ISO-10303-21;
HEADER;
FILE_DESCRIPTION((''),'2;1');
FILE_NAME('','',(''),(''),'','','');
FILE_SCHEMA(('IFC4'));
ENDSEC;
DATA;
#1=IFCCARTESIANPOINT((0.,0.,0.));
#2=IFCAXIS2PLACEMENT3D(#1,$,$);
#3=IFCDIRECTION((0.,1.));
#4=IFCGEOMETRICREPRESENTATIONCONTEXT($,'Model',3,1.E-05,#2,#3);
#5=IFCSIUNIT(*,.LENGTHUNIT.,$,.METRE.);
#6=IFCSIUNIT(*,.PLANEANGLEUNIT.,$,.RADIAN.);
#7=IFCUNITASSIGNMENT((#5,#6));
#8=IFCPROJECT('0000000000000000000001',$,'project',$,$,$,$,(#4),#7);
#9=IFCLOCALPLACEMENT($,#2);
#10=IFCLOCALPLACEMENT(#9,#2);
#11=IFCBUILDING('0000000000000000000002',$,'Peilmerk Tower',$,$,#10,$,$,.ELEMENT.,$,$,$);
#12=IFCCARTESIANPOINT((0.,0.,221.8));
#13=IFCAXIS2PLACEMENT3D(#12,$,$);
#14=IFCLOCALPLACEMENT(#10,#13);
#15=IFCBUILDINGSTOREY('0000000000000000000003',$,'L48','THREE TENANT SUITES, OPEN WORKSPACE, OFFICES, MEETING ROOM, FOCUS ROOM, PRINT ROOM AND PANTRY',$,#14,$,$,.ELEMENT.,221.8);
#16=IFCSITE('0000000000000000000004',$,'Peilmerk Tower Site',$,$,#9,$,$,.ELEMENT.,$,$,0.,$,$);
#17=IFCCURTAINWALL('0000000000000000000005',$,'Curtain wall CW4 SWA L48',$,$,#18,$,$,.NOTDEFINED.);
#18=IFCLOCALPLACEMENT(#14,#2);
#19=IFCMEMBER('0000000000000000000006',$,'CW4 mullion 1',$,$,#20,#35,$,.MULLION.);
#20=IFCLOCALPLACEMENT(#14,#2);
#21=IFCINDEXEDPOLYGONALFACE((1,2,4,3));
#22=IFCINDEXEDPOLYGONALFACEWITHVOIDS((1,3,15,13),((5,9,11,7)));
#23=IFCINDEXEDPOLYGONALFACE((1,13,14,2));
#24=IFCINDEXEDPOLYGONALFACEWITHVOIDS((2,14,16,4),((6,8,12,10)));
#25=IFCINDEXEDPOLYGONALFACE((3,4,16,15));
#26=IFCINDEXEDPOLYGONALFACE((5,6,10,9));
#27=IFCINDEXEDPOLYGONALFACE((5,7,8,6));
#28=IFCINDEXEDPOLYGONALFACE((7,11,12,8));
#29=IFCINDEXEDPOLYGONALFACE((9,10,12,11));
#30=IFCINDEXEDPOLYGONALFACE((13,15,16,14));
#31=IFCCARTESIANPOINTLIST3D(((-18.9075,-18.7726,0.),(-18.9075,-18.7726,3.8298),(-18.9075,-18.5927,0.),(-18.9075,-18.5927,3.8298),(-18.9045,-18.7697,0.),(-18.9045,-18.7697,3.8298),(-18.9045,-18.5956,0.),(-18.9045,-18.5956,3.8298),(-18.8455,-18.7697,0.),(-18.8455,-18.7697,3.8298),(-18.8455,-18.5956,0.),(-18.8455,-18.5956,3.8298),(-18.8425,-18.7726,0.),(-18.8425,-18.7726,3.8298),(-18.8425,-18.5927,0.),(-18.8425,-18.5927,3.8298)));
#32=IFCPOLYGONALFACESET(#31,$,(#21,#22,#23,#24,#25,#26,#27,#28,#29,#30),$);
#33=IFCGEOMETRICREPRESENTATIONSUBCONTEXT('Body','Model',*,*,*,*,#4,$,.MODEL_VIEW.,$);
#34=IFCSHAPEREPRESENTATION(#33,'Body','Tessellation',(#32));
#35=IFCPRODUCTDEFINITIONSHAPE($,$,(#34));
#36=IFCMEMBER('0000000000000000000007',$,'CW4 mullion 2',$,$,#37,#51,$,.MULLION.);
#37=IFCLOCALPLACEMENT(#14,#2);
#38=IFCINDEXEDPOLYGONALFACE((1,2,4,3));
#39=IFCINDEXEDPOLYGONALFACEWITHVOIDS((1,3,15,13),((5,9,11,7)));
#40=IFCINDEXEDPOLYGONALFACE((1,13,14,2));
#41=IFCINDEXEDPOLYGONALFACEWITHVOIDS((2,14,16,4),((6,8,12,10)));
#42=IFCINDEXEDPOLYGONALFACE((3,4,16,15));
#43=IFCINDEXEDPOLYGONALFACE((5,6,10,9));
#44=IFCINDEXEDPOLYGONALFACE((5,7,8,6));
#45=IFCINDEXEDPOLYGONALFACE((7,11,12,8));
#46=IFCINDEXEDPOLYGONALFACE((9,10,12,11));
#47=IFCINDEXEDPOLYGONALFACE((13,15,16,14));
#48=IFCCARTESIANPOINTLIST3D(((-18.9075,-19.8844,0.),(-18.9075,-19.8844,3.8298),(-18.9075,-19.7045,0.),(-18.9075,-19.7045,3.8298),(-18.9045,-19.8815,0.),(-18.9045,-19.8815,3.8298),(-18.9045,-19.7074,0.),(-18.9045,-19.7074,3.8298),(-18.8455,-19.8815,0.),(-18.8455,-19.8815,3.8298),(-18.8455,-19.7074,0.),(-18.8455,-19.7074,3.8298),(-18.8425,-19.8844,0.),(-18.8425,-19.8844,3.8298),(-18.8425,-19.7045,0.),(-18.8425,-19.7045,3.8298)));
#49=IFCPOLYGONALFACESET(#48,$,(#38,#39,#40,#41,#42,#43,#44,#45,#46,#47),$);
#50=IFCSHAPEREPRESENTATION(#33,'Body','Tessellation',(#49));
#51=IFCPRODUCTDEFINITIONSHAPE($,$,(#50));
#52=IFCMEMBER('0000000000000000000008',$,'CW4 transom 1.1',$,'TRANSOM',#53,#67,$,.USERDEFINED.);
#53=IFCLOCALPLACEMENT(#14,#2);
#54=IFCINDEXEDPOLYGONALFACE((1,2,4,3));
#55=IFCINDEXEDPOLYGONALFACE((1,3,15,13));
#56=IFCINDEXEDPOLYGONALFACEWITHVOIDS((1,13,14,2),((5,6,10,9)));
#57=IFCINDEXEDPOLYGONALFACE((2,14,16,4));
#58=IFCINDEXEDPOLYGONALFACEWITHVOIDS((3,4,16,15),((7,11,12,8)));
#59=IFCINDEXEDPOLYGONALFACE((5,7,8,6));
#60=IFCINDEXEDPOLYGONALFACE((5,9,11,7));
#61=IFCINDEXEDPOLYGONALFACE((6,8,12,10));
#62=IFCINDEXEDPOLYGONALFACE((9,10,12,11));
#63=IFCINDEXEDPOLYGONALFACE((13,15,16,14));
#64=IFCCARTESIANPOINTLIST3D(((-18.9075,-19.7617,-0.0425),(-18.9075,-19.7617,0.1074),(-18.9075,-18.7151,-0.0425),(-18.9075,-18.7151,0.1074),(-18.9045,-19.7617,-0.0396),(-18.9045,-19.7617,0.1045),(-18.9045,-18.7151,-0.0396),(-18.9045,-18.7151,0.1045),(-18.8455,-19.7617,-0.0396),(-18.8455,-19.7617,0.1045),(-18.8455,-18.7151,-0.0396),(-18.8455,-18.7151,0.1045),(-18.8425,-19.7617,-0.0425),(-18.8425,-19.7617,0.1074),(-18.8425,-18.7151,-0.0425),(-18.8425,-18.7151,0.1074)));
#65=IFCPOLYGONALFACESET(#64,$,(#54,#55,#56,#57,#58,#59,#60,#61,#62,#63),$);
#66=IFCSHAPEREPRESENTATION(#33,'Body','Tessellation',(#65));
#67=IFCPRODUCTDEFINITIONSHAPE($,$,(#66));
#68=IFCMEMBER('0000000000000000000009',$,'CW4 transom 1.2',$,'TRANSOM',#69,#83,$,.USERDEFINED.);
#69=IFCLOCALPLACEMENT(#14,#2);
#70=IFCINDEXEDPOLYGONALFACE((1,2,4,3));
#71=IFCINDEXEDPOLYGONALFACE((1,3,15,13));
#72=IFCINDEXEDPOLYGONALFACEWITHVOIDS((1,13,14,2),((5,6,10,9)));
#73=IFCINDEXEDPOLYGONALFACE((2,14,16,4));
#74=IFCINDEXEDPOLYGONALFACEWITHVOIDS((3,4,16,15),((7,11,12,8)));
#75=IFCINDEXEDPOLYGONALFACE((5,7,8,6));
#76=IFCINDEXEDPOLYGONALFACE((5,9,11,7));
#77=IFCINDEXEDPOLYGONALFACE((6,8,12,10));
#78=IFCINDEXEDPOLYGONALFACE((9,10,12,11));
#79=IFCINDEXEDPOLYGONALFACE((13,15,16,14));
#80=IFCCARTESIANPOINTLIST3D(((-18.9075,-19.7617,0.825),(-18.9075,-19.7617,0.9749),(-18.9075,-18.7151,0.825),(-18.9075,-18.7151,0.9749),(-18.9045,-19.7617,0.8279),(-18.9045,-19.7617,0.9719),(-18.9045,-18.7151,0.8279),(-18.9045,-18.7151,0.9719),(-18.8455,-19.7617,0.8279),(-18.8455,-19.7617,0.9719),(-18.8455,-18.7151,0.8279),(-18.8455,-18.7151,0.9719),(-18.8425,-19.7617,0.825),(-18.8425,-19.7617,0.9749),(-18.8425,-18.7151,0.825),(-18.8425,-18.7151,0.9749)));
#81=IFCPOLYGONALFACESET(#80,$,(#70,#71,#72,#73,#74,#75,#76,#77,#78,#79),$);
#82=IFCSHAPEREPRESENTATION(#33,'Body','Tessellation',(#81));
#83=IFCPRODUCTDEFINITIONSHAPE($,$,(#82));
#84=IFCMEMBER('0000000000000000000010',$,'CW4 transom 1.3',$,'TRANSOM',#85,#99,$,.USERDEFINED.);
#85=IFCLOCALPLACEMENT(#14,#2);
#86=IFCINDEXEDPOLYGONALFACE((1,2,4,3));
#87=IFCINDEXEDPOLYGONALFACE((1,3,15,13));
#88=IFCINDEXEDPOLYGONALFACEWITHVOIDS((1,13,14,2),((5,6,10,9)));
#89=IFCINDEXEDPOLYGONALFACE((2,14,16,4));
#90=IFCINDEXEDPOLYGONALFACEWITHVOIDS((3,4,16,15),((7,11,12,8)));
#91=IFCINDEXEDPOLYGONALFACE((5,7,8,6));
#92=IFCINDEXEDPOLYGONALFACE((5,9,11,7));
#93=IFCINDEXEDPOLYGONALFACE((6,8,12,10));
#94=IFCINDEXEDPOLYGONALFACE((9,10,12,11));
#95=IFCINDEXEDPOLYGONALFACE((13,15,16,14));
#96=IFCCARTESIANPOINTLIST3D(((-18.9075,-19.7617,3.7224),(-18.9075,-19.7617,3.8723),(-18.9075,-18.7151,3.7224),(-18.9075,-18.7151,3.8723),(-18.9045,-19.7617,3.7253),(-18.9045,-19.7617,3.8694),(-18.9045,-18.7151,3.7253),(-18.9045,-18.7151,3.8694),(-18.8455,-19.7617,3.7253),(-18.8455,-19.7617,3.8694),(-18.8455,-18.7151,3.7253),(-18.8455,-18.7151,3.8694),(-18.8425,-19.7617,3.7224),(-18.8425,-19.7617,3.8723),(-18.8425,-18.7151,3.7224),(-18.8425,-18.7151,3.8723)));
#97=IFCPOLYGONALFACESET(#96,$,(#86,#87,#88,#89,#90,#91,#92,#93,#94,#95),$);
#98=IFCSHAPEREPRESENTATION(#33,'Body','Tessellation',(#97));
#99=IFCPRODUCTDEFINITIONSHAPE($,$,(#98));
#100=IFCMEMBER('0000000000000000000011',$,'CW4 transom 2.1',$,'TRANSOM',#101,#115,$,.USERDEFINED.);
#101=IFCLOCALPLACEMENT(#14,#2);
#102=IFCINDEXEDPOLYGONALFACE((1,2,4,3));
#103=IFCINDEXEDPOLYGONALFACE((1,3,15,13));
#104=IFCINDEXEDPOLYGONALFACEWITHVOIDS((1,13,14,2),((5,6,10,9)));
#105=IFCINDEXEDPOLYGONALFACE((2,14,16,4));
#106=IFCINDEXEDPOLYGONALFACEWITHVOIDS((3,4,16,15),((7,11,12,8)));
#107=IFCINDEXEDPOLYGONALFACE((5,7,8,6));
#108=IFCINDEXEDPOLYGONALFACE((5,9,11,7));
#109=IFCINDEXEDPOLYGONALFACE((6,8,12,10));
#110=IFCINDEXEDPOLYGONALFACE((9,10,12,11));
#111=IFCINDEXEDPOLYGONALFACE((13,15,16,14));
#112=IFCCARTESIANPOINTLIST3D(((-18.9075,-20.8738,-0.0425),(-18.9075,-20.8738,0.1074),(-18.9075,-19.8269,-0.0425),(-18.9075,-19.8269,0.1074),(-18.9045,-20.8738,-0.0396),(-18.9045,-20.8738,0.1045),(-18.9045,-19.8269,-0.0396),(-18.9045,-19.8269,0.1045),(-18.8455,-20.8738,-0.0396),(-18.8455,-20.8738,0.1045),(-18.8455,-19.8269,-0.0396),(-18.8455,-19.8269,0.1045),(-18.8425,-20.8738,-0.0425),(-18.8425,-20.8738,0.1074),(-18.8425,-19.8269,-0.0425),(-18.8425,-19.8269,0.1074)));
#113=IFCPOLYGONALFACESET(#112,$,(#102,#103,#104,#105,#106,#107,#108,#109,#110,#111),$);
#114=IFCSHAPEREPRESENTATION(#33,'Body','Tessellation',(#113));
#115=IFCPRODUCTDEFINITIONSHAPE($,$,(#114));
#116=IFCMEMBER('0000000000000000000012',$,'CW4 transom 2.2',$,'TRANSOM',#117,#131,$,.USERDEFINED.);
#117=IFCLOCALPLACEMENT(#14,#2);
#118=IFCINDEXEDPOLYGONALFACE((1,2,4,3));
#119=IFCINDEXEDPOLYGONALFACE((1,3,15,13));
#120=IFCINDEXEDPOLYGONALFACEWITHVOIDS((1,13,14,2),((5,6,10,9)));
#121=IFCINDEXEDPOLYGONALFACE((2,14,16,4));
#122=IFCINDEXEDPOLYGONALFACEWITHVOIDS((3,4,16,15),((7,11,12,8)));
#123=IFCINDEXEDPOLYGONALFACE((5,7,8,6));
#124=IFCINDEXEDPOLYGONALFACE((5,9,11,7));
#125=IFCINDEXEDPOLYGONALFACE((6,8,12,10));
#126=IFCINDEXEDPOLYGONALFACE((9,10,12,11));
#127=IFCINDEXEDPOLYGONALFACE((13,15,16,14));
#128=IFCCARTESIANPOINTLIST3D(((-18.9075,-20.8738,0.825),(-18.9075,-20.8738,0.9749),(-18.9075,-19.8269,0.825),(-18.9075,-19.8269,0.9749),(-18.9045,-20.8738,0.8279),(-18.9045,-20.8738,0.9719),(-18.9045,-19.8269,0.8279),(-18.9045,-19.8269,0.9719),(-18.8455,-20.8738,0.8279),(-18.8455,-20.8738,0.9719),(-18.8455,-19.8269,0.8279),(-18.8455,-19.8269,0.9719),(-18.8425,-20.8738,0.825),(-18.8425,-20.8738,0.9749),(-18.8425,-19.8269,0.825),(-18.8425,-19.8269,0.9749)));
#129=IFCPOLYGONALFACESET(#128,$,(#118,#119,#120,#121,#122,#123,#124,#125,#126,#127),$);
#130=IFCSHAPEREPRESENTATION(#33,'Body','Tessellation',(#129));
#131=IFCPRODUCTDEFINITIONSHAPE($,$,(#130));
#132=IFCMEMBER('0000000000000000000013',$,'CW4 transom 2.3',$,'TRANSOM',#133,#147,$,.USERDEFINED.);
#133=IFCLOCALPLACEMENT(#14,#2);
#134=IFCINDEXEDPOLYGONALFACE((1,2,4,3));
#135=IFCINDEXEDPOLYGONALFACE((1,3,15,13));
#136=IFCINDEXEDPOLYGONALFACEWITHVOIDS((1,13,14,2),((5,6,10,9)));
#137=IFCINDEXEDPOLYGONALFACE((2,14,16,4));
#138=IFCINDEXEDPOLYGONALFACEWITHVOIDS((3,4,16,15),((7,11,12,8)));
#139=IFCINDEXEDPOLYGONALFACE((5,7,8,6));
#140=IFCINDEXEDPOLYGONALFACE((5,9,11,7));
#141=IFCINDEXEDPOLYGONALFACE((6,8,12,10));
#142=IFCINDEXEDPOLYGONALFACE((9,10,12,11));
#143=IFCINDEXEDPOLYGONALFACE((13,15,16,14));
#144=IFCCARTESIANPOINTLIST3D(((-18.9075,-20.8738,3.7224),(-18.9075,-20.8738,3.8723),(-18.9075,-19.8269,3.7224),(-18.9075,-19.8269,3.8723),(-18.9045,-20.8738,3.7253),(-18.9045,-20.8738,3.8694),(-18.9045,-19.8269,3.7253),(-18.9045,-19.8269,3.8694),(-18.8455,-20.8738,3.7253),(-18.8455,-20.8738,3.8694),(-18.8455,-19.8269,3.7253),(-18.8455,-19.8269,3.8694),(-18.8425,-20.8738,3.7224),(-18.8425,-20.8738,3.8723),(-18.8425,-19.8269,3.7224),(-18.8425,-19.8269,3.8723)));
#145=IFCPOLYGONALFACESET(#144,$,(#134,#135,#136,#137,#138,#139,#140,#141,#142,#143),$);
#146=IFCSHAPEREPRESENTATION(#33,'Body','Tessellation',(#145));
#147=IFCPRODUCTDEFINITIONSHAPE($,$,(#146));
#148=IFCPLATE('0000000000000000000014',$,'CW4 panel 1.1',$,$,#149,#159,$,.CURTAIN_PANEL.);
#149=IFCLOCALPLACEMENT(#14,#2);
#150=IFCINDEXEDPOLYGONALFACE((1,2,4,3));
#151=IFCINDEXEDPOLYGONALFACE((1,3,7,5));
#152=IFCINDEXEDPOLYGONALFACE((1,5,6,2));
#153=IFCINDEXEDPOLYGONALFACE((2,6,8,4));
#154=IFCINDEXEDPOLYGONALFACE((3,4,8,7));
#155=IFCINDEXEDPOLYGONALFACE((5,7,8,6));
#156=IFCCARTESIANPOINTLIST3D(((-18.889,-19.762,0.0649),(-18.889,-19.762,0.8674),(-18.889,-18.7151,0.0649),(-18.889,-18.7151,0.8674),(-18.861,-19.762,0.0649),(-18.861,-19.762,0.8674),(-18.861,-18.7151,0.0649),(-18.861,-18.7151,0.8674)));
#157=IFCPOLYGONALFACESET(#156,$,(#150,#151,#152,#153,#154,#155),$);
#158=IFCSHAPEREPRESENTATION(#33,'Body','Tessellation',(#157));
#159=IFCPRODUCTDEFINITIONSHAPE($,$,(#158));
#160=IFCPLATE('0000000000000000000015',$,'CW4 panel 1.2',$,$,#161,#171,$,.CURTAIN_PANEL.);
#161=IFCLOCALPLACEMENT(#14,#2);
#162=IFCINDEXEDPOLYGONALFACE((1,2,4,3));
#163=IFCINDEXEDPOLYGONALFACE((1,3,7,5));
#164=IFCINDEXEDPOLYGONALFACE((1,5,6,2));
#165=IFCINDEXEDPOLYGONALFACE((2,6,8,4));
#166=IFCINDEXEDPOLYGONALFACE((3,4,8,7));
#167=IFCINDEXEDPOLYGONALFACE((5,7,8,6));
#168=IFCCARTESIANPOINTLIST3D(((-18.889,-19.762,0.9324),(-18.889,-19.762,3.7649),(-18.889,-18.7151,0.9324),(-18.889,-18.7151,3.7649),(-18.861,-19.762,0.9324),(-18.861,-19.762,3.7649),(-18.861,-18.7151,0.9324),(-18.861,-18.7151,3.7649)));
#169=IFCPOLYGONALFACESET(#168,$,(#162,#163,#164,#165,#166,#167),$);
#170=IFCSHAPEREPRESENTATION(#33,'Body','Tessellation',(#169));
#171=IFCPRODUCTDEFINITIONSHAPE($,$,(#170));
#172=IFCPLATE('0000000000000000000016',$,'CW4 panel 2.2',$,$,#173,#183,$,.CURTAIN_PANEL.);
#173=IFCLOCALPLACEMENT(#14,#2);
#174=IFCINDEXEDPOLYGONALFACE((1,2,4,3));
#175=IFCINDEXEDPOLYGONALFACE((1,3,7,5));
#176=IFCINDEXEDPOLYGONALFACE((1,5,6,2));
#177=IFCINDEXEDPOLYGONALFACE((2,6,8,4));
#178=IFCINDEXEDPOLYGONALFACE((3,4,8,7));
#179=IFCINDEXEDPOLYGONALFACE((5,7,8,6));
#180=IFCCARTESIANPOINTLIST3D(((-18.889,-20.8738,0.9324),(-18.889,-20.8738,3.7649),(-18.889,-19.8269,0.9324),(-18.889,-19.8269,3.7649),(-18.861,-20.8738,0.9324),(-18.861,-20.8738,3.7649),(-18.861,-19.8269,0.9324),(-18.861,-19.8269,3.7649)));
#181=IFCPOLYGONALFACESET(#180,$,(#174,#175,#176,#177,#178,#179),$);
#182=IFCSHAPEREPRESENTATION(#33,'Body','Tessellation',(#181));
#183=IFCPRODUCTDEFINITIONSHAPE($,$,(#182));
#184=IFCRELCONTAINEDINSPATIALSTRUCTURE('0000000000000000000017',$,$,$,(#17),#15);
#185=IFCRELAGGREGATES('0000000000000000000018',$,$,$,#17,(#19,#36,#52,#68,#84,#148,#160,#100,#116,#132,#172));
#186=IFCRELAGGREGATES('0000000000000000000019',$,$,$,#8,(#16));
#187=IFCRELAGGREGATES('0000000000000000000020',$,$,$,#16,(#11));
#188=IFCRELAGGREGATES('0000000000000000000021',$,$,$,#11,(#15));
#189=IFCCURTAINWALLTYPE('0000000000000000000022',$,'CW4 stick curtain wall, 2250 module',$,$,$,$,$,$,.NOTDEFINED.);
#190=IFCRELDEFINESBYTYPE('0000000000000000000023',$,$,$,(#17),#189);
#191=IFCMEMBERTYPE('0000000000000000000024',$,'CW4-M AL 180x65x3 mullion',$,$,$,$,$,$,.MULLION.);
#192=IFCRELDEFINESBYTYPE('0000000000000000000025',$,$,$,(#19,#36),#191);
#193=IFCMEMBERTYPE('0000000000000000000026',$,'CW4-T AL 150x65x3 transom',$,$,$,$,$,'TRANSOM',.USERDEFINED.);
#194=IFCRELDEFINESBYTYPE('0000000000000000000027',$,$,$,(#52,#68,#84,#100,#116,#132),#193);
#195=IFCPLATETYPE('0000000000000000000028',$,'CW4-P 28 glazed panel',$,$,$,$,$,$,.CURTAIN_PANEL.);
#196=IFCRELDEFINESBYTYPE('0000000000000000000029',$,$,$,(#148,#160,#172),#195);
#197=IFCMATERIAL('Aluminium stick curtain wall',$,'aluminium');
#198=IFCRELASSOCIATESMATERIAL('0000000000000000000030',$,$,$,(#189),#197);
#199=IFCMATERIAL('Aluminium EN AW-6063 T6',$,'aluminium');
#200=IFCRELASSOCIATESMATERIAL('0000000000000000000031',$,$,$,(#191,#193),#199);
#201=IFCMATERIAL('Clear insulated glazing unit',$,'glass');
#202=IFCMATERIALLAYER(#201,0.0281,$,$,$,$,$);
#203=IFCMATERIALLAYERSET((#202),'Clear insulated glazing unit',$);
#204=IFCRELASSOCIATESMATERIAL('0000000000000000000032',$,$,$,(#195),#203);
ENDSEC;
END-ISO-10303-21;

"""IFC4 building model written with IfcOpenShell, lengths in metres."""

from ifc_helpers import new_model, si_unit, direction, frame, origin, origin_2d, place, context, subcontext, project, spatial, rectangle, hollow_rectangle, extrude, material, layer, layer_set, material_profile, profile_set, type_object, element, aggregate, save


model = new_model("IFC4")

# Units and contexts
model_context = context("Model", 3, precision=1e-05, world=origin(), true_north=direction((0.0, 1.0)))
body_context = subcontext(model_context, "Body", "Model", "MODEL_VIEW")
ifc_project = project(units=[si_unit("LENGTHUNIT", "METRE"), si_unit("PLANEANGLEUNIT", "RADIAN")], contexts=[model_context])

# Site, building, storey
site_placement = place(None, origin())
site = spatial("IfcSite", under=ifc_project, at=site_placement, Name="Peilmerk Tower Site", CompositionType="ELEMENT", RefElevation=0.0)
building_placement = place(site_placement, origin())
building = spatial("IfcBuilding", under=site, at=building_placement, Name="Peilmerk Tower", CompositionType="ELEMENT")
storey_placement = place(building_placement, frame((0.0, 0.0, 221.8)))
storey = spatial("IfcBuildingStorey", under=building, at=storey_placement, Name="L48", Description="THREE TENANT SUITES, OPEN WORKSPACE, OFFICES, MEETING ROOM, FOCUS ROOM, PRINT ROOM AND PANTRY", CompositionType="ELEMENT", Elevation=221.8)

# Curtain wall, members, plates
ifc_material_1 = material(Name="Aluminium stick curtain wall", Category="aluminium")
curtain_wall_type = type_object("IfcCurtainWallType", Name="CW4 stick curtain wall, 2250 module", PredefinedType="NOTDEFINED", material=ifc_material_1)
curtain_wall_placement = place(storey_placement, origin())
curtain_wall = element("IfcCurtainWall", 1, at=curtain_wall_placement, inside=storey, type_object=curtain_wall_type, Name="Curtain wall CW4 SWA L48", PredefinedType="NOTDEFINED")
ifc_material_2 = material(Name="Aluminium EN AW-6063 T6", Category="aluminium")
ifc_material_profile_1 = material_profile(ifc_material_2, hollow_rectangle(XDim=0.0649, YDim=0.1799, WallThickness=0.0029, at=origin_2d()), Name="AL 180x65x3")
ifc_profile_set_1 = profile_set([ifc_material_profile_1], Name="Aluminium EN AW-6063 T6")
member_type_1 = type_object("IfcMemberType", Name="CW4-M AL 180x65x3 mullion", PredefinedType="MULLION", material=ifc_profile_set_1)
member_1_placement = place(storey_placement, frame((-18.875, -18.6826, 0.0), z_axis=(0.0, 0.0, 1.0), x_axis=(1.0, 0.0, 0.0)))
member_1 = element("IfcMember", 2, at=member_1_placement, type_object=member_type_1, Name="CW4 mullion 1", PredefinedType="MULLION", context=body_context, shape_type="SweptSolid", body=[
    extrude(hollow_rectangle(XDim=0.0649, YDim=0.1799, WallThickness=0.0029, at=origin_2d()), origin(), (0.0, 0.0, 1.0), 3.8298),
])
member_2_placement = place(storey_placement, frame((-18.875, -19.7944, 0.0), z_axis=(0.0, 0.0, 1.0), x_axis=(1.0, 0.0, 0.0)))
member_2 = element("IfcMember", 3, at=member_2_placement, type_object=member_type_1, Name="CW4 mullion 2", PredefinedType="MULLION", context=body_context, shape_type="SweptSolid", body=[
    extrude(hollow_rectangle(XDim=0.0649, YDim=0.1799, WallThickness=0.0029, at=origin_2d()), origin(), (0.0, 0.0, 1.0), 3.8298),
])
ifc_material_profile_2 = material_profile(ifc_material_2, hollow_rectangle(XDim=0.0649, YDim=0.1499, WallThickness=0.0029, at=origin_2d()), Name="AL 150x65x3")
ifc_profile_set_2 = profile_set([ifc_material_profile_2], Name="Aluminium EN AW-6063 T6")
member_type_2 = type_object("IfcMemberType", Name="CW4-T AL 150x65x3 transom", ElementType="TRANSOM", PredefinedType="USERDEFINED", material=ifc_profile_set_2)
member_3_placement = place(storey_placement, frame((-18.875, -18.7151, 0.0325), z_axis=(0.0, -1.0, 0.0), x_axis=(1.0, 0.0, 0.0)))
member_3 = element("IfcMember", 4, at=member_3_placement, type_object=member_type_2, Name="CW4 transom 1.1", ObjectType="TRANSOM", PredefinedType="USERDEFINED", context=body_context, shape_type="SweptSolid", body=[
    extrude(hollow_rectangle(XDim=0.0649, YDim=0.1499, WallThickness=0.0029, at=origin_2d()), origin(), (0.0, 0.0, 1.0), 1.0466),
])
member_4_placement = place(storey_placement, frame((-18.875, -18.7151, 0.8999), z_axis=(0.0, -1.0, 0.0), x_axis=(1.0, 0.0, 0.0)))
member_4 = element("IfcMember", 5, at=member_4_placement, type_object=member_type_2, Name="CW4 transom 1.2", ObjectType="TRANSOM", PredefinedType="USERDEFINED", context=body_context, shape_type="SweptSolid", body=[
    extrude(hollow_rectangle(XDim=0.0649, YDim=0.1499, WallThickness=0.0029, at=origin_2d()), origin(), (0.0, 0.0, 1.0), 1.0466),
])
member_5_placement = place(storey_placement, frame((-18.875, -18.7151, 3.7974), z_axis=(0.0, -1.0, 0.0), x_axis=(1.0, 0.0, 0.0)))
member_5 = element("IfcMember", 6, at=member_5_placement, type_object=member_type_2, Name="CW4 transom 1.3", ObjectType="TRANSOM", PredefinedType="USERDEFINED", context=body_context, shape_type="SweptSolid", body=[
    extrude(hollow_rectangle(XDim=0.0649, YDim=0.1499, WallThickness=0.0029, at=origin_2d()), origin(), (0.0, 0.0, 1.0), 1.0466),
])
member_6_placement = place(storey_placement, frame((-18.875, -19.8269, 0.0325), z_axis=(0.0, -1.0, 0.0), x_axis=(1.0, 0.0, 0.0)))
member_6 = element("IfcMember", 7, at=member_6_placement, type_object=member_type_2, Name="CW4 transom 2.1", ObjectType="TRANSOM", PredefinedType="USERDEFINED", context=body_context, shape_type="SweptSolid", body=[
    extrude(hollow_rectangle(XDim=0.0649, YDim=0.1499, WallThickness=0.0029, at=origin_2d()), origin(), (0.0, 0.0, 1.0), 1.0469),
])
member_7_placement = place(storey_placement, frame((-18.875, -19.8269, 0.8999), z_axis=(0.0, -1.0, 0.0), x_axis=(1.0, 0.0, 0.0)))
member_7 = element("IfcMember", 8, at=member_7_placement, type_object=member_type_2, Name="CW4 transom 2.2", ObjectType="TRANSOM", PredefinedType="USERDEFINED", context=body_context, shape_type="SweptSolid", body=[
    extrude(hollow_rectangle(XDim=0.0649, YDim=0.1499, WallThickness=0.0029, at=origin_2d()), origin(), (0.0, 0.0, 1.0), 1.0469),
])
member_8_placement = place(storey_placement, frame((-18.875, -19.8269, 3.7974), z_axis=(0.0, -1.0, 0.0), x_axis=(1.0, 0.0, 0.0)))
member_8 = element("IfcMember", 9, at=member_8_placement, type_object=member_type_2, Name="CW4 transom 2.3", ObjectType="TRANSOM", PredefinedType="USERDEFINED", context=body_context, shape_type="SweptSolid", body=[
    extrude(hollow_rectangle(XDim=0.0649, YDim=0.1499, WallThickness=0.0029, at=origin_2d()), origin(), (0.0, 0.0, 1.0), 1.0469),
])
ifc_material_3 = material(Name="Clear insulated glazing unit", Category="glass")
ifc_layer = layer(ifc_material_3, 0.0281)
ifc_layer_set = layer_set([ifc_layer], Name="Clear insulated glazing unit")
plate_type = type_object("IfcPlateType", Name="CW4-P 28 glazed panel", PredefinedType="CURTAIN_PANEL", material=ifc_layer_set)
plate_1_placement = place(storey_placement, frame((-18.875, -19.2385, 0.0649), z_axis=(0.0, 0.0, 1.0), x_axis=(0.0, -1.0, 0.0)))
plate_1 = element("IfcPlate", 10, at=plate_1_placement, type_object=plate_type, Name="CW4 panel 1.1", PredefinedType="CURTAIN_PANEL", context=body_context, shape_type="SweptSolid", body=[
    extrude(rectangle(XDim=1.0469, YDim=0.0281, at=origin_2d()), origin(), (0.0, 0.0, 1.0), 0.8025),
])
plate_2_placement = place(storey_placement, frame((-18.875, -19.2385, 0.9324), z_axis=(0.0, 0.0, 1.0), x_axis=(0.0, -1.0, 0.0)))
plate_2 = element("IfcPlate", 11, at=plate_2_placement, type_object=plate_type, Name="CW4 panel 1.2", PredefinedType="CURTAIN_PANEL", context=body_context, shape_type="SweptSolid", body=[
    extrude(rectangle(XDim=1.0469, YDim=0.0281, at=origin_2d()), origin(), (0.0, 0.0, 1.0), 2.8325),
])
plate_3_placement = place(storey_placement, frame((-18.875, -20.3503, 0.9324), z_axis=(0.0, 0.0, 1.0), x_axis=(0.0, -1.0, 0.0)))
plate_3 = element("IfcPlate", 12, at=plate_3_placement, type_object=plate_type, Name="CW4 panel 2.2", PredefinedType="CURTAIN_PANEL", context=body_context, shape_type="SweptSolid", body=[
    extrude(rectangle(XDim=1.0469, YDim=0.0281, at=origin_2d()), origin(), (0.0, 0.0, 1.0), 2.8325),
])
aggregate(curtain_wall, [member_1, member_2, member_3, member_4, member_5, plate_1, plate_2, member_6, member_7, member_8, plate_3])

save(model, "model.ifc")
